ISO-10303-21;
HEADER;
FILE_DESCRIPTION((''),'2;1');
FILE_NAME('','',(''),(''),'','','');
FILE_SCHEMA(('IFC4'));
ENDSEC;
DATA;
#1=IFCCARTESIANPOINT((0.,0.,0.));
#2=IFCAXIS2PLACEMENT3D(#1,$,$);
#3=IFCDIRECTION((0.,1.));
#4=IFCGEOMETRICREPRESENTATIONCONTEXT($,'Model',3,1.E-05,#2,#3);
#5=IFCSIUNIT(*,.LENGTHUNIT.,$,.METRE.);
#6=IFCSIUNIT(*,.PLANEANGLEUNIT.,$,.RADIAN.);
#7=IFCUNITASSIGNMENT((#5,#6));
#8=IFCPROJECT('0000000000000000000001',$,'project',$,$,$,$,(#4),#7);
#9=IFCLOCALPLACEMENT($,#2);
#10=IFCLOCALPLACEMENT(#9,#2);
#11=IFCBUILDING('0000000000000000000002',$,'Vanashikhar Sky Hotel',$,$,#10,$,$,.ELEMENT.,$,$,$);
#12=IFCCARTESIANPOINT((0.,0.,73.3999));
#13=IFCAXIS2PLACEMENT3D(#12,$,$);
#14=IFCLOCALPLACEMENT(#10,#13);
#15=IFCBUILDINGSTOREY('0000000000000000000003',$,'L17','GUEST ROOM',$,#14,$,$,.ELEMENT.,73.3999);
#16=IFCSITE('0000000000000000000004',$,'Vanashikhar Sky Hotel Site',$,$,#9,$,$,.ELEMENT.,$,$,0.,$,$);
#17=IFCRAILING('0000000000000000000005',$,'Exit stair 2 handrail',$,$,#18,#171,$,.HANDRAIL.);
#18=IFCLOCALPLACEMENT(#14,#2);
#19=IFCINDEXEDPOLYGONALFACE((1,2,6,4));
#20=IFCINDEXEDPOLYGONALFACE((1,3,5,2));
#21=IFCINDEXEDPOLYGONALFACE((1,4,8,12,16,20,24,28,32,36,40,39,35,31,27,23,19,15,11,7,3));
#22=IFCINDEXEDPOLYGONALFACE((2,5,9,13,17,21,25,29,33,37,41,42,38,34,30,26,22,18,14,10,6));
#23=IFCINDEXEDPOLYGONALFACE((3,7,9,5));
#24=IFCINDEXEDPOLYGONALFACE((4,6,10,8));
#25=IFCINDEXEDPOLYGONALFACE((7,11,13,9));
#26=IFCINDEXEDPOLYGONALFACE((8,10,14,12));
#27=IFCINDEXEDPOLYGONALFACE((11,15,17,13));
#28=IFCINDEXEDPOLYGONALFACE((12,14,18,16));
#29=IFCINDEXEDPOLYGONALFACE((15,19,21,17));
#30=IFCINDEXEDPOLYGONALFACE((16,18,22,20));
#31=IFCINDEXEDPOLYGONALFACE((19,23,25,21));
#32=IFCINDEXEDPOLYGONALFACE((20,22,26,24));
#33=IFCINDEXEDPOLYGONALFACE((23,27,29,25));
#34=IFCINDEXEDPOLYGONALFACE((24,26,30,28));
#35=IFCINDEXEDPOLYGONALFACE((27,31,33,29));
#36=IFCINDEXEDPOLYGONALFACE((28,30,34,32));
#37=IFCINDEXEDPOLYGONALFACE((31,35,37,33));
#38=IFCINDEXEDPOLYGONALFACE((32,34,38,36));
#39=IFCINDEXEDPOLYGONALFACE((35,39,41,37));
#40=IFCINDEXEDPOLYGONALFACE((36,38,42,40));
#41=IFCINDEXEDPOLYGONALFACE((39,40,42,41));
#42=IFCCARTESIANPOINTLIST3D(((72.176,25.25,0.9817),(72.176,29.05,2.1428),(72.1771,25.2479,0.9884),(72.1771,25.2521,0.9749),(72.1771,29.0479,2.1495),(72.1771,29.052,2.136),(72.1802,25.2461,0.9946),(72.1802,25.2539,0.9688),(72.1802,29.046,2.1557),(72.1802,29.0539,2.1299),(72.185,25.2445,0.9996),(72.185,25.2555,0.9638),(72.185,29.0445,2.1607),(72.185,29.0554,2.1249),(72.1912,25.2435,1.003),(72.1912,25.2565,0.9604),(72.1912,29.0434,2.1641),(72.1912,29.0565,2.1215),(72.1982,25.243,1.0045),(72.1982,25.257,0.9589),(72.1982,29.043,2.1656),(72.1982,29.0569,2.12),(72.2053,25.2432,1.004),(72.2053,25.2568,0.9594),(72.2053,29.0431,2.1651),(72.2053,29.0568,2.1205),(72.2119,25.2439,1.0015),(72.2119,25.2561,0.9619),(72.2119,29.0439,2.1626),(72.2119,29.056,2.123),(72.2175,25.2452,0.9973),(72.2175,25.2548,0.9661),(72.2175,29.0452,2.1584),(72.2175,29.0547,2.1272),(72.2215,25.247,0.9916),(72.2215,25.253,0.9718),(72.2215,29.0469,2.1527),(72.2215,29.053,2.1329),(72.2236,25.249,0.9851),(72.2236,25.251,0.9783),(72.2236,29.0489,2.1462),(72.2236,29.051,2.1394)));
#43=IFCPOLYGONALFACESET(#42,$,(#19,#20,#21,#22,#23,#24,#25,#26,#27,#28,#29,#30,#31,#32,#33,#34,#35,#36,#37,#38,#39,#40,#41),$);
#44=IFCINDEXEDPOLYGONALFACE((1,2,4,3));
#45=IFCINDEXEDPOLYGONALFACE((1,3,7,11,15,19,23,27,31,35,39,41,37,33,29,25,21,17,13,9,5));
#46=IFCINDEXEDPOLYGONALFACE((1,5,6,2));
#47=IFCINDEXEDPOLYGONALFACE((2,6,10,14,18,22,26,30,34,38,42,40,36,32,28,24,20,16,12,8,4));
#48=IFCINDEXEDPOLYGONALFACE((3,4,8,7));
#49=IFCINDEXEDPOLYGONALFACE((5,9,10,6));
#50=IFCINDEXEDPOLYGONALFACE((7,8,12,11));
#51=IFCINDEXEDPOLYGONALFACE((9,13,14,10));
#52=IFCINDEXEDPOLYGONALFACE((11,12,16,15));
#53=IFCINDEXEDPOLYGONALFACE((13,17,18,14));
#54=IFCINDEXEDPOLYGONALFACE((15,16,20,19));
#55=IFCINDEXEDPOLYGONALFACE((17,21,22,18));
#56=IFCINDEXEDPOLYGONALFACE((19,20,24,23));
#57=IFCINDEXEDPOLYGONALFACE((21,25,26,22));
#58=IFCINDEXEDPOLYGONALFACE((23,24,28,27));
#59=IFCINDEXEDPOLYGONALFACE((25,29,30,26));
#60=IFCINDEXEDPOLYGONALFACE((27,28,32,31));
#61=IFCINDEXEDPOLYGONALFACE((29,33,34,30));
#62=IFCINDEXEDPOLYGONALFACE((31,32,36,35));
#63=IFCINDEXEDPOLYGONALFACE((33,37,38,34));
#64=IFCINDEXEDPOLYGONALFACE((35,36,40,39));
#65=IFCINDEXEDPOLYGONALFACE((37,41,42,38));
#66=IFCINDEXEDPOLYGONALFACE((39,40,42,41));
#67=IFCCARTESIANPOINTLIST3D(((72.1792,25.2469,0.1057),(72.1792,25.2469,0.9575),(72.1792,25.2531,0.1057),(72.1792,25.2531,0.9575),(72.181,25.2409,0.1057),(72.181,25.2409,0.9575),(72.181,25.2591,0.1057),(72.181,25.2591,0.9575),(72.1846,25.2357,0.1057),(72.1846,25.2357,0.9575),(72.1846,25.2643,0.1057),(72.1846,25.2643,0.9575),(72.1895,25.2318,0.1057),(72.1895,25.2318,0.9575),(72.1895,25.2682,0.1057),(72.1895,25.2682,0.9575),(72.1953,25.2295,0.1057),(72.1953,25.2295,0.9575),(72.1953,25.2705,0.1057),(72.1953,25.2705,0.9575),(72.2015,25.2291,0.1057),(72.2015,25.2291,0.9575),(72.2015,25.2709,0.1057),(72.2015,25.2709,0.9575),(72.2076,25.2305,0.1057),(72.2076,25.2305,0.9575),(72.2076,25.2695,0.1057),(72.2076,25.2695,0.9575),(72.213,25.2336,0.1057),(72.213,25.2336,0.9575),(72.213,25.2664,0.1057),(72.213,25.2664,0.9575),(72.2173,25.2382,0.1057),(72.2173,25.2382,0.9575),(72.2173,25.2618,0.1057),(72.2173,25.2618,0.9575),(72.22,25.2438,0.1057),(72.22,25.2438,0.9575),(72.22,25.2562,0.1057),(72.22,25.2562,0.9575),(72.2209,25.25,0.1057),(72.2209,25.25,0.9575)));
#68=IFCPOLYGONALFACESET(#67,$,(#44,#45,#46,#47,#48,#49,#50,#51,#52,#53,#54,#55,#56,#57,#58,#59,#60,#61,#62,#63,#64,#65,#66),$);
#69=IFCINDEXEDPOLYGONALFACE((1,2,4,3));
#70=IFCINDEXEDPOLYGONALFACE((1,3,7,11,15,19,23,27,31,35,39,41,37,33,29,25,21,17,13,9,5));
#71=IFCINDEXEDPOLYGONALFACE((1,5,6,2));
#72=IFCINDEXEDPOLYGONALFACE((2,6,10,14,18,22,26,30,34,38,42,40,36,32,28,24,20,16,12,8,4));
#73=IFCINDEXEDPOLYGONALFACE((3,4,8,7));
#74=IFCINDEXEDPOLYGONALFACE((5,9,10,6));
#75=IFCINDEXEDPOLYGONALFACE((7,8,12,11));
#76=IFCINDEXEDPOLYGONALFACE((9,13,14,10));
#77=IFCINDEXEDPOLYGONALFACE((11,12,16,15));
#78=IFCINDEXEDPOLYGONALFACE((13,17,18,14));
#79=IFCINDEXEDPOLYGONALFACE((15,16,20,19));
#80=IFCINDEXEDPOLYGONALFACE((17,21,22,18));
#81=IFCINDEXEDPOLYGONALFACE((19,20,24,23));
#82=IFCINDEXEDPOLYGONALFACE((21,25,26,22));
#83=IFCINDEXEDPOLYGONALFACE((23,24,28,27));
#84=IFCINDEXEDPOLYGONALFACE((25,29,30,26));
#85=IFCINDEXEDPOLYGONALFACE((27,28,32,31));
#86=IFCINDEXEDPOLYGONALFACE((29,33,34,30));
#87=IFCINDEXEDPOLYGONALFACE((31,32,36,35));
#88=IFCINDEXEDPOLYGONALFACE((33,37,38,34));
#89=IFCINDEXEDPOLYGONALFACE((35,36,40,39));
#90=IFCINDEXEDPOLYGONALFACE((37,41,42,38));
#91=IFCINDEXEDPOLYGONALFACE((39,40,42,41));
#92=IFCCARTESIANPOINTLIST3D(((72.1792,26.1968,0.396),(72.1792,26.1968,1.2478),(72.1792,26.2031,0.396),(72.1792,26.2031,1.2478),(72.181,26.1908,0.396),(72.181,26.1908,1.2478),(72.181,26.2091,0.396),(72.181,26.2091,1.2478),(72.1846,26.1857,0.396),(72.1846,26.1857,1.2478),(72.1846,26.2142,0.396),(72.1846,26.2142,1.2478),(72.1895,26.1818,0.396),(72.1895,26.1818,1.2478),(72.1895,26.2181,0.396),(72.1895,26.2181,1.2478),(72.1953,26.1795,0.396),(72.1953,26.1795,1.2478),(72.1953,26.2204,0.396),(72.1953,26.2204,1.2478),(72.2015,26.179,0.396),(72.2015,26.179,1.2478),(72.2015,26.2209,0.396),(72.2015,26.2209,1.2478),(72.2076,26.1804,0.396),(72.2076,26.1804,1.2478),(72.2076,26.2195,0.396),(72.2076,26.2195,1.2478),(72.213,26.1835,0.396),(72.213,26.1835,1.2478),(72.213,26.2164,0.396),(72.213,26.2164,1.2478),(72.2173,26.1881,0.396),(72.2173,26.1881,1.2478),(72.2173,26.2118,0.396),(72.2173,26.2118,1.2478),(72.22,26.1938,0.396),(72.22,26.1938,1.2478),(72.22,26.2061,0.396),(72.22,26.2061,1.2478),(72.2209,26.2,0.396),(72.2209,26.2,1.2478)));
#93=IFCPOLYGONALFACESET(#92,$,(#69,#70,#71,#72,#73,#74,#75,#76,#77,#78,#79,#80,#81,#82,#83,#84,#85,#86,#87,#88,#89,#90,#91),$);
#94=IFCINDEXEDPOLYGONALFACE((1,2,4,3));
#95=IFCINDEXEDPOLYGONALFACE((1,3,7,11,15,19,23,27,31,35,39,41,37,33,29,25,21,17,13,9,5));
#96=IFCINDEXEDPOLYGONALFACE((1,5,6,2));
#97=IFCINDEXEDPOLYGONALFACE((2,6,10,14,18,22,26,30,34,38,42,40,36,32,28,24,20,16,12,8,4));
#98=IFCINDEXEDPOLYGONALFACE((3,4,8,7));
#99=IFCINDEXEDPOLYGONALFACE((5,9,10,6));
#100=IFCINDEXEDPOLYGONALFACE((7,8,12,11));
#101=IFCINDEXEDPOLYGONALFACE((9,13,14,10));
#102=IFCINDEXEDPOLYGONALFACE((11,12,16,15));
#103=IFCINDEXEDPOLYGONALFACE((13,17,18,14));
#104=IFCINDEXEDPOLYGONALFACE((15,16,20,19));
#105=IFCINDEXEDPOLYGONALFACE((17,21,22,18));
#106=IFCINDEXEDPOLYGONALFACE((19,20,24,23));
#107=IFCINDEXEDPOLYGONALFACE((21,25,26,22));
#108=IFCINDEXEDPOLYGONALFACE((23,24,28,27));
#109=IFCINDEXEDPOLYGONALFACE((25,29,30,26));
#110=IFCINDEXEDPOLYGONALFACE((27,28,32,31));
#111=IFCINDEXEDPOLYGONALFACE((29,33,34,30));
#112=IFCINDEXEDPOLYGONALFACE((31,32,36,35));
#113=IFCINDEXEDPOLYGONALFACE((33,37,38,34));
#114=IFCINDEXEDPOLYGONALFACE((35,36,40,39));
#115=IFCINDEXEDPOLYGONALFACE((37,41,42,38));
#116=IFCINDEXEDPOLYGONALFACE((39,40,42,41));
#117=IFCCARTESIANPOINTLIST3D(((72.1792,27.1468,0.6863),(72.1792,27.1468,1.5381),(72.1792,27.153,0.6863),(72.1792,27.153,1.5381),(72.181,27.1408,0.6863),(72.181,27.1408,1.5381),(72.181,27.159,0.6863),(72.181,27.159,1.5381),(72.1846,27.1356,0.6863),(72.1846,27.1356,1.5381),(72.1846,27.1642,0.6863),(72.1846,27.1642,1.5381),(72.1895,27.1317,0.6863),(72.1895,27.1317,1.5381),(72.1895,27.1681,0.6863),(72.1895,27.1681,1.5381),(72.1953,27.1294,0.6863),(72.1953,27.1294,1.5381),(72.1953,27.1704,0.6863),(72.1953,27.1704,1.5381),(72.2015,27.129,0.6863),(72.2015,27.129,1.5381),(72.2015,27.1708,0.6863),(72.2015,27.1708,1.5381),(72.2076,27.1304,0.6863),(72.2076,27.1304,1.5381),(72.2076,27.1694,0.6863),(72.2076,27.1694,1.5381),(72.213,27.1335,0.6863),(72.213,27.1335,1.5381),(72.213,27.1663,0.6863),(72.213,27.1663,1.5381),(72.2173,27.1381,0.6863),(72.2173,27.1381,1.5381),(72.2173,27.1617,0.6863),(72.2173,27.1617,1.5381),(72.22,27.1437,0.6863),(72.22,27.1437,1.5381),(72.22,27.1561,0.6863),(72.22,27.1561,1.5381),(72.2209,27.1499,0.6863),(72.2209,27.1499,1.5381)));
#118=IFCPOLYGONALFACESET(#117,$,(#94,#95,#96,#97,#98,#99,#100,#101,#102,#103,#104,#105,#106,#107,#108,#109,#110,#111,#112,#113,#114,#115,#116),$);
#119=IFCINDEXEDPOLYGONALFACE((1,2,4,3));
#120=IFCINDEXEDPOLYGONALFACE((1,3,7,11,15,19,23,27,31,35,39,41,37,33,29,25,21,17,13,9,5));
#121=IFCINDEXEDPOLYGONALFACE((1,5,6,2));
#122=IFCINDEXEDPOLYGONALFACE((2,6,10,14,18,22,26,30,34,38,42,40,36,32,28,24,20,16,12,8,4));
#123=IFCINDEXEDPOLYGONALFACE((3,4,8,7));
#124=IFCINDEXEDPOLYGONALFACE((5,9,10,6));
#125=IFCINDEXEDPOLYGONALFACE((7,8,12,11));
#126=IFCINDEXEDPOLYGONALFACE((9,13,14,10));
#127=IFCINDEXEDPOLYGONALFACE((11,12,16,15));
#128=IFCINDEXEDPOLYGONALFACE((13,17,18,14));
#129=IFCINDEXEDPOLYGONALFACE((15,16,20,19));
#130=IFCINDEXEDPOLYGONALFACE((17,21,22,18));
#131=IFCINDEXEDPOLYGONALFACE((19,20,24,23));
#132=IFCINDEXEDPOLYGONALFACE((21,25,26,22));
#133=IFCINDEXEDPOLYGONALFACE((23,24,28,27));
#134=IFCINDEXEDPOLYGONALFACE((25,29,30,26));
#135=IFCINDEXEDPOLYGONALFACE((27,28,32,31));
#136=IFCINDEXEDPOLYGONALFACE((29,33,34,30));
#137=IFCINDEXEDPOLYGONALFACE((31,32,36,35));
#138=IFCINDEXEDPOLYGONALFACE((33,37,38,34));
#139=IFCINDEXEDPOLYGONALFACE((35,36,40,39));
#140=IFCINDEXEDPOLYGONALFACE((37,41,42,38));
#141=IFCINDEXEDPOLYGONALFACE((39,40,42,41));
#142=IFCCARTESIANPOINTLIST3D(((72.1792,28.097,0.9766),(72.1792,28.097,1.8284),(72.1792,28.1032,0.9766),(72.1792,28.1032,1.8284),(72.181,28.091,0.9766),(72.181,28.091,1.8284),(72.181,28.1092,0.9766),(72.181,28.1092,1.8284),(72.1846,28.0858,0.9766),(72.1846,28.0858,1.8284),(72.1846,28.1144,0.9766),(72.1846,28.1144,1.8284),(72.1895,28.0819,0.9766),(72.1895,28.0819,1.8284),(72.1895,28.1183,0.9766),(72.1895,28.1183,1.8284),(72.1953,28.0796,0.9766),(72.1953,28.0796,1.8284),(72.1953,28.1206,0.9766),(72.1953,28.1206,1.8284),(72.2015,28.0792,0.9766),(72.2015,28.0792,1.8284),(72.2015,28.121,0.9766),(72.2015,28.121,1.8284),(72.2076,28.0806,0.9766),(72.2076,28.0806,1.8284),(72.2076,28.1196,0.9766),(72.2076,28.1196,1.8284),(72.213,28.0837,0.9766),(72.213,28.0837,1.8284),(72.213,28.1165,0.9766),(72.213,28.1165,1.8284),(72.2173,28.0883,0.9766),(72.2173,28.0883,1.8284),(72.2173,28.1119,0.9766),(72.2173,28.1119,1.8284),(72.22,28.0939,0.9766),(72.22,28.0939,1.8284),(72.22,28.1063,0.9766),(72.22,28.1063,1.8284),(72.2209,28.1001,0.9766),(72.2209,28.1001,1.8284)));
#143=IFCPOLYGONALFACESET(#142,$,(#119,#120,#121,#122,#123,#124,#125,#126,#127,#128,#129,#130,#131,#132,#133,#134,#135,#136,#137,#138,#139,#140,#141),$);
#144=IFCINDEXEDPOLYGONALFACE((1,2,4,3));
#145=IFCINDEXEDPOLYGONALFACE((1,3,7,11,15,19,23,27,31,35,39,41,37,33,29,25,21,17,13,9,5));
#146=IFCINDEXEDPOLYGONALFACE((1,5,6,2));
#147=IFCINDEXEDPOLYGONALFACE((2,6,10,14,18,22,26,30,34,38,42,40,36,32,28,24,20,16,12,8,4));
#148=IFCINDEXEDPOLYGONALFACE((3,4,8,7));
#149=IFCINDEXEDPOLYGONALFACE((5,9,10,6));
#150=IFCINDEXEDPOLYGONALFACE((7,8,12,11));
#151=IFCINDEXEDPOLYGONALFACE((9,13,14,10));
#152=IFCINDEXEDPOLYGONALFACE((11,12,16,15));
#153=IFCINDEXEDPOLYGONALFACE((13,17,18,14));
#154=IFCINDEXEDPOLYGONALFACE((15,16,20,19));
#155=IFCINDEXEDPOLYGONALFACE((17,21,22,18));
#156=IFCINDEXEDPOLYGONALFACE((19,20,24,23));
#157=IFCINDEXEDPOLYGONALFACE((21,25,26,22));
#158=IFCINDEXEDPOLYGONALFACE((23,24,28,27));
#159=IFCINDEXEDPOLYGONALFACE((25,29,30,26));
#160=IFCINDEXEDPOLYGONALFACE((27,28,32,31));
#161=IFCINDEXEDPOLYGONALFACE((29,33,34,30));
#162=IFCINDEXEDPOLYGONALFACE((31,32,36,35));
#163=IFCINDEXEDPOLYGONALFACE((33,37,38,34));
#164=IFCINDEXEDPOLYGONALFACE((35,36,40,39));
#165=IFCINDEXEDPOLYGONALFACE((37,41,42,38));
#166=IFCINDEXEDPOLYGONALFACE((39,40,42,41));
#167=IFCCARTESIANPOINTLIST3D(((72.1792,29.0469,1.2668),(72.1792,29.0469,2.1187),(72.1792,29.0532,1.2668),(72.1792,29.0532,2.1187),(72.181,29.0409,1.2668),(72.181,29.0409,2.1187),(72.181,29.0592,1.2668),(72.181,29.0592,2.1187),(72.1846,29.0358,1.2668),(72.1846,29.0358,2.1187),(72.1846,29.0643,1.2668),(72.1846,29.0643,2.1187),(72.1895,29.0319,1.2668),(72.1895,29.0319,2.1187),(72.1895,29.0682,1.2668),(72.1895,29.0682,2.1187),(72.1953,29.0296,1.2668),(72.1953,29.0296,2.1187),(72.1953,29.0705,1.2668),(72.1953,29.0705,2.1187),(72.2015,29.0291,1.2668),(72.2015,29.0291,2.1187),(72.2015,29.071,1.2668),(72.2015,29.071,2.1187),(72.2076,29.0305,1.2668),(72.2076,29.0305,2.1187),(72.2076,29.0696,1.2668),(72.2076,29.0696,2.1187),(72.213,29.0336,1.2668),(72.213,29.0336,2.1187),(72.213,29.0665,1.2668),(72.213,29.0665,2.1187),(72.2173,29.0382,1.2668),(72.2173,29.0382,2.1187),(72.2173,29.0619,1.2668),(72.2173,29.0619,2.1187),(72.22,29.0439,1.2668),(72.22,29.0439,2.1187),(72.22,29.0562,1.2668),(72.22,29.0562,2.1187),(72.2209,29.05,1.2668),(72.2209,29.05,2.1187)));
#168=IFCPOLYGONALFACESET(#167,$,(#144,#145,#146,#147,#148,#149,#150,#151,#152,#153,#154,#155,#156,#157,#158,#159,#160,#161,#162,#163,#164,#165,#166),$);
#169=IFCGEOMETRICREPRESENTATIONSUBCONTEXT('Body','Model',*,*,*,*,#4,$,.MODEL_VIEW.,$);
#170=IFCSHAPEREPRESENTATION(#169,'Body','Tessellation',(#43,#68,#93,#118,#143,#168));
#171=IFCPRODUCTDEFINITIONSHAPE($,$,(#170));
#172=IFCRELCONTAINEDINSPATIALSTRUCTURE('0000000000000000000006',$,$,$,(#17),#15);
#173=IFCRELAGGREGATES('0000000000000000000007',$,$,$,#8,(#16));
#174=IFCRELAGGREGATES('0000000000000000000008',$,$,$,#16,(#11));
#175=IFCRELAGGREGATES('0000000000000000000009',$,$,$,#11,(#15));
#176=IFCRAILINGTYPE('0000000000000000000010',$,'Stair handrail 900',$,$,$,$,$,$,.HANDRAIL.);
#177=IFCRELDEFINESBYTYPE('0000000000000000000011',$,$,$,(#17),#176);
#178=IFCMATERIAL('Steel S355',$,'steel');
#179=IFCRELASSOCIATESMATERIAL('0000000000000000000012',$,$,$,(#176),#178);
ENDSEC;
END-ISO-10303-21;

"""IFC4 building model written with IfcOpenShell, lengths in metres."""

from ifc_helpers import new_model, si_unit, direction, frame, origin, origin_2d, place, context, subcontext, project, spatial, circle, extrude, source, transform, mapped, material, type_object, element, save


model = new_model("IFC4")

# Units and contexts
model_context = context("Model", 3, precision=1e-05, world=origin(), true_north=direction((0.0, 1.0)))
body_context = subcontext(model_context, "Body", "Model", "MODEL_VIEW")
ifc_project = project(units=[si_unit("LENGTHUNIT", "METRE"), si_unit("PLANEANGLEUNIT", "RADIAN")], contexts=[model_context])

# Site, building, storey
site_placement = place(None, origin())
site = spatial("IfcSite", under=ifc_project, at=site_placement, Name="Vanashikhar Sky Hotel Site", CompositionType="ELEMENT", RefElevation=0.0)
building_placement = place(site_placement, origin())
building = spatial("IfcBuilding", under=site, at=building_placement, Name="Vanashikhar Sky Hotel", CompositionType="ELEMENT")
storey_placement = place(building_placement, frame((0.0, 0.0, 73.3999)))
storey = spatial("IfcBuildingStorey", under=building, at=storey_placement, Name="L17", Description="GUEST ROOM", CompositionType="ELEMENT", Elevation=73.3999)

# Railing
ifc_material_1 = material(Name="Steel S355", Category="steel")
railing_type_1 = type_object("IfcRailingType", Name="Stair handrail 900", PredefinedType="HANDRAIL", material=ifc_material_1)
shared_shape_1 = source(origin(), body_context, "Body", "SweptSolid", [
    extrude(circle(Radius=0.0239, at=origin_2d()), frame((0.0, 0.0, 0.876), z_axis=(0.0, 0.956351, 0.29222), x_axis=(-1.0, 0.0, 0.0)), (0.0, 0.0, 1.0), 3.9734),
    extrude(circle(Radius=0.021, at=origin_2d()), origin(), (0.0, 0.0, 1.0), 0.8518),
    extrude(circle(Radius=0.021, at=origin_2d()), frame((0.0, 0.95, 0.2903)), (0.0, 0.0, 1.0), 0.8518),
    extrude(circle(Radius=0.021, at=origin_2d()), frame((0.0, 1.8999, 0.5806)), (0.0, 0.0, 1.0), 0.8518),
    extrude(circle(Radius=0.021, at=origin_2d()), frame((0.0, 2.8501, 0.8708)), (0.0, 0.0, 1.0), 0.8518),
    extrude(circle(Radius=0.021, at=origin_2d()), frame((0.0, 3.8, 1.1611)), (0.0, 0.0, 1.0), 0.8518),
])
for number, where, name in (
    (1, (72.2, 25.25, 0.1057), "Exit stair 2 handrail"),
):
    element("IfcRailing", number, at=place(storey_placement, frame(where)), inside=storey, type_object=railing_type_1, Name=name, PredefinedType="HANDRAIL", context=body_context, shape_type="MappedRepresentation", body=[
        mapped(shared_shape_1, transform((0.0, 0.0, 0.0), scale=1.0)),
    ])

save(model, "model.ifc")
